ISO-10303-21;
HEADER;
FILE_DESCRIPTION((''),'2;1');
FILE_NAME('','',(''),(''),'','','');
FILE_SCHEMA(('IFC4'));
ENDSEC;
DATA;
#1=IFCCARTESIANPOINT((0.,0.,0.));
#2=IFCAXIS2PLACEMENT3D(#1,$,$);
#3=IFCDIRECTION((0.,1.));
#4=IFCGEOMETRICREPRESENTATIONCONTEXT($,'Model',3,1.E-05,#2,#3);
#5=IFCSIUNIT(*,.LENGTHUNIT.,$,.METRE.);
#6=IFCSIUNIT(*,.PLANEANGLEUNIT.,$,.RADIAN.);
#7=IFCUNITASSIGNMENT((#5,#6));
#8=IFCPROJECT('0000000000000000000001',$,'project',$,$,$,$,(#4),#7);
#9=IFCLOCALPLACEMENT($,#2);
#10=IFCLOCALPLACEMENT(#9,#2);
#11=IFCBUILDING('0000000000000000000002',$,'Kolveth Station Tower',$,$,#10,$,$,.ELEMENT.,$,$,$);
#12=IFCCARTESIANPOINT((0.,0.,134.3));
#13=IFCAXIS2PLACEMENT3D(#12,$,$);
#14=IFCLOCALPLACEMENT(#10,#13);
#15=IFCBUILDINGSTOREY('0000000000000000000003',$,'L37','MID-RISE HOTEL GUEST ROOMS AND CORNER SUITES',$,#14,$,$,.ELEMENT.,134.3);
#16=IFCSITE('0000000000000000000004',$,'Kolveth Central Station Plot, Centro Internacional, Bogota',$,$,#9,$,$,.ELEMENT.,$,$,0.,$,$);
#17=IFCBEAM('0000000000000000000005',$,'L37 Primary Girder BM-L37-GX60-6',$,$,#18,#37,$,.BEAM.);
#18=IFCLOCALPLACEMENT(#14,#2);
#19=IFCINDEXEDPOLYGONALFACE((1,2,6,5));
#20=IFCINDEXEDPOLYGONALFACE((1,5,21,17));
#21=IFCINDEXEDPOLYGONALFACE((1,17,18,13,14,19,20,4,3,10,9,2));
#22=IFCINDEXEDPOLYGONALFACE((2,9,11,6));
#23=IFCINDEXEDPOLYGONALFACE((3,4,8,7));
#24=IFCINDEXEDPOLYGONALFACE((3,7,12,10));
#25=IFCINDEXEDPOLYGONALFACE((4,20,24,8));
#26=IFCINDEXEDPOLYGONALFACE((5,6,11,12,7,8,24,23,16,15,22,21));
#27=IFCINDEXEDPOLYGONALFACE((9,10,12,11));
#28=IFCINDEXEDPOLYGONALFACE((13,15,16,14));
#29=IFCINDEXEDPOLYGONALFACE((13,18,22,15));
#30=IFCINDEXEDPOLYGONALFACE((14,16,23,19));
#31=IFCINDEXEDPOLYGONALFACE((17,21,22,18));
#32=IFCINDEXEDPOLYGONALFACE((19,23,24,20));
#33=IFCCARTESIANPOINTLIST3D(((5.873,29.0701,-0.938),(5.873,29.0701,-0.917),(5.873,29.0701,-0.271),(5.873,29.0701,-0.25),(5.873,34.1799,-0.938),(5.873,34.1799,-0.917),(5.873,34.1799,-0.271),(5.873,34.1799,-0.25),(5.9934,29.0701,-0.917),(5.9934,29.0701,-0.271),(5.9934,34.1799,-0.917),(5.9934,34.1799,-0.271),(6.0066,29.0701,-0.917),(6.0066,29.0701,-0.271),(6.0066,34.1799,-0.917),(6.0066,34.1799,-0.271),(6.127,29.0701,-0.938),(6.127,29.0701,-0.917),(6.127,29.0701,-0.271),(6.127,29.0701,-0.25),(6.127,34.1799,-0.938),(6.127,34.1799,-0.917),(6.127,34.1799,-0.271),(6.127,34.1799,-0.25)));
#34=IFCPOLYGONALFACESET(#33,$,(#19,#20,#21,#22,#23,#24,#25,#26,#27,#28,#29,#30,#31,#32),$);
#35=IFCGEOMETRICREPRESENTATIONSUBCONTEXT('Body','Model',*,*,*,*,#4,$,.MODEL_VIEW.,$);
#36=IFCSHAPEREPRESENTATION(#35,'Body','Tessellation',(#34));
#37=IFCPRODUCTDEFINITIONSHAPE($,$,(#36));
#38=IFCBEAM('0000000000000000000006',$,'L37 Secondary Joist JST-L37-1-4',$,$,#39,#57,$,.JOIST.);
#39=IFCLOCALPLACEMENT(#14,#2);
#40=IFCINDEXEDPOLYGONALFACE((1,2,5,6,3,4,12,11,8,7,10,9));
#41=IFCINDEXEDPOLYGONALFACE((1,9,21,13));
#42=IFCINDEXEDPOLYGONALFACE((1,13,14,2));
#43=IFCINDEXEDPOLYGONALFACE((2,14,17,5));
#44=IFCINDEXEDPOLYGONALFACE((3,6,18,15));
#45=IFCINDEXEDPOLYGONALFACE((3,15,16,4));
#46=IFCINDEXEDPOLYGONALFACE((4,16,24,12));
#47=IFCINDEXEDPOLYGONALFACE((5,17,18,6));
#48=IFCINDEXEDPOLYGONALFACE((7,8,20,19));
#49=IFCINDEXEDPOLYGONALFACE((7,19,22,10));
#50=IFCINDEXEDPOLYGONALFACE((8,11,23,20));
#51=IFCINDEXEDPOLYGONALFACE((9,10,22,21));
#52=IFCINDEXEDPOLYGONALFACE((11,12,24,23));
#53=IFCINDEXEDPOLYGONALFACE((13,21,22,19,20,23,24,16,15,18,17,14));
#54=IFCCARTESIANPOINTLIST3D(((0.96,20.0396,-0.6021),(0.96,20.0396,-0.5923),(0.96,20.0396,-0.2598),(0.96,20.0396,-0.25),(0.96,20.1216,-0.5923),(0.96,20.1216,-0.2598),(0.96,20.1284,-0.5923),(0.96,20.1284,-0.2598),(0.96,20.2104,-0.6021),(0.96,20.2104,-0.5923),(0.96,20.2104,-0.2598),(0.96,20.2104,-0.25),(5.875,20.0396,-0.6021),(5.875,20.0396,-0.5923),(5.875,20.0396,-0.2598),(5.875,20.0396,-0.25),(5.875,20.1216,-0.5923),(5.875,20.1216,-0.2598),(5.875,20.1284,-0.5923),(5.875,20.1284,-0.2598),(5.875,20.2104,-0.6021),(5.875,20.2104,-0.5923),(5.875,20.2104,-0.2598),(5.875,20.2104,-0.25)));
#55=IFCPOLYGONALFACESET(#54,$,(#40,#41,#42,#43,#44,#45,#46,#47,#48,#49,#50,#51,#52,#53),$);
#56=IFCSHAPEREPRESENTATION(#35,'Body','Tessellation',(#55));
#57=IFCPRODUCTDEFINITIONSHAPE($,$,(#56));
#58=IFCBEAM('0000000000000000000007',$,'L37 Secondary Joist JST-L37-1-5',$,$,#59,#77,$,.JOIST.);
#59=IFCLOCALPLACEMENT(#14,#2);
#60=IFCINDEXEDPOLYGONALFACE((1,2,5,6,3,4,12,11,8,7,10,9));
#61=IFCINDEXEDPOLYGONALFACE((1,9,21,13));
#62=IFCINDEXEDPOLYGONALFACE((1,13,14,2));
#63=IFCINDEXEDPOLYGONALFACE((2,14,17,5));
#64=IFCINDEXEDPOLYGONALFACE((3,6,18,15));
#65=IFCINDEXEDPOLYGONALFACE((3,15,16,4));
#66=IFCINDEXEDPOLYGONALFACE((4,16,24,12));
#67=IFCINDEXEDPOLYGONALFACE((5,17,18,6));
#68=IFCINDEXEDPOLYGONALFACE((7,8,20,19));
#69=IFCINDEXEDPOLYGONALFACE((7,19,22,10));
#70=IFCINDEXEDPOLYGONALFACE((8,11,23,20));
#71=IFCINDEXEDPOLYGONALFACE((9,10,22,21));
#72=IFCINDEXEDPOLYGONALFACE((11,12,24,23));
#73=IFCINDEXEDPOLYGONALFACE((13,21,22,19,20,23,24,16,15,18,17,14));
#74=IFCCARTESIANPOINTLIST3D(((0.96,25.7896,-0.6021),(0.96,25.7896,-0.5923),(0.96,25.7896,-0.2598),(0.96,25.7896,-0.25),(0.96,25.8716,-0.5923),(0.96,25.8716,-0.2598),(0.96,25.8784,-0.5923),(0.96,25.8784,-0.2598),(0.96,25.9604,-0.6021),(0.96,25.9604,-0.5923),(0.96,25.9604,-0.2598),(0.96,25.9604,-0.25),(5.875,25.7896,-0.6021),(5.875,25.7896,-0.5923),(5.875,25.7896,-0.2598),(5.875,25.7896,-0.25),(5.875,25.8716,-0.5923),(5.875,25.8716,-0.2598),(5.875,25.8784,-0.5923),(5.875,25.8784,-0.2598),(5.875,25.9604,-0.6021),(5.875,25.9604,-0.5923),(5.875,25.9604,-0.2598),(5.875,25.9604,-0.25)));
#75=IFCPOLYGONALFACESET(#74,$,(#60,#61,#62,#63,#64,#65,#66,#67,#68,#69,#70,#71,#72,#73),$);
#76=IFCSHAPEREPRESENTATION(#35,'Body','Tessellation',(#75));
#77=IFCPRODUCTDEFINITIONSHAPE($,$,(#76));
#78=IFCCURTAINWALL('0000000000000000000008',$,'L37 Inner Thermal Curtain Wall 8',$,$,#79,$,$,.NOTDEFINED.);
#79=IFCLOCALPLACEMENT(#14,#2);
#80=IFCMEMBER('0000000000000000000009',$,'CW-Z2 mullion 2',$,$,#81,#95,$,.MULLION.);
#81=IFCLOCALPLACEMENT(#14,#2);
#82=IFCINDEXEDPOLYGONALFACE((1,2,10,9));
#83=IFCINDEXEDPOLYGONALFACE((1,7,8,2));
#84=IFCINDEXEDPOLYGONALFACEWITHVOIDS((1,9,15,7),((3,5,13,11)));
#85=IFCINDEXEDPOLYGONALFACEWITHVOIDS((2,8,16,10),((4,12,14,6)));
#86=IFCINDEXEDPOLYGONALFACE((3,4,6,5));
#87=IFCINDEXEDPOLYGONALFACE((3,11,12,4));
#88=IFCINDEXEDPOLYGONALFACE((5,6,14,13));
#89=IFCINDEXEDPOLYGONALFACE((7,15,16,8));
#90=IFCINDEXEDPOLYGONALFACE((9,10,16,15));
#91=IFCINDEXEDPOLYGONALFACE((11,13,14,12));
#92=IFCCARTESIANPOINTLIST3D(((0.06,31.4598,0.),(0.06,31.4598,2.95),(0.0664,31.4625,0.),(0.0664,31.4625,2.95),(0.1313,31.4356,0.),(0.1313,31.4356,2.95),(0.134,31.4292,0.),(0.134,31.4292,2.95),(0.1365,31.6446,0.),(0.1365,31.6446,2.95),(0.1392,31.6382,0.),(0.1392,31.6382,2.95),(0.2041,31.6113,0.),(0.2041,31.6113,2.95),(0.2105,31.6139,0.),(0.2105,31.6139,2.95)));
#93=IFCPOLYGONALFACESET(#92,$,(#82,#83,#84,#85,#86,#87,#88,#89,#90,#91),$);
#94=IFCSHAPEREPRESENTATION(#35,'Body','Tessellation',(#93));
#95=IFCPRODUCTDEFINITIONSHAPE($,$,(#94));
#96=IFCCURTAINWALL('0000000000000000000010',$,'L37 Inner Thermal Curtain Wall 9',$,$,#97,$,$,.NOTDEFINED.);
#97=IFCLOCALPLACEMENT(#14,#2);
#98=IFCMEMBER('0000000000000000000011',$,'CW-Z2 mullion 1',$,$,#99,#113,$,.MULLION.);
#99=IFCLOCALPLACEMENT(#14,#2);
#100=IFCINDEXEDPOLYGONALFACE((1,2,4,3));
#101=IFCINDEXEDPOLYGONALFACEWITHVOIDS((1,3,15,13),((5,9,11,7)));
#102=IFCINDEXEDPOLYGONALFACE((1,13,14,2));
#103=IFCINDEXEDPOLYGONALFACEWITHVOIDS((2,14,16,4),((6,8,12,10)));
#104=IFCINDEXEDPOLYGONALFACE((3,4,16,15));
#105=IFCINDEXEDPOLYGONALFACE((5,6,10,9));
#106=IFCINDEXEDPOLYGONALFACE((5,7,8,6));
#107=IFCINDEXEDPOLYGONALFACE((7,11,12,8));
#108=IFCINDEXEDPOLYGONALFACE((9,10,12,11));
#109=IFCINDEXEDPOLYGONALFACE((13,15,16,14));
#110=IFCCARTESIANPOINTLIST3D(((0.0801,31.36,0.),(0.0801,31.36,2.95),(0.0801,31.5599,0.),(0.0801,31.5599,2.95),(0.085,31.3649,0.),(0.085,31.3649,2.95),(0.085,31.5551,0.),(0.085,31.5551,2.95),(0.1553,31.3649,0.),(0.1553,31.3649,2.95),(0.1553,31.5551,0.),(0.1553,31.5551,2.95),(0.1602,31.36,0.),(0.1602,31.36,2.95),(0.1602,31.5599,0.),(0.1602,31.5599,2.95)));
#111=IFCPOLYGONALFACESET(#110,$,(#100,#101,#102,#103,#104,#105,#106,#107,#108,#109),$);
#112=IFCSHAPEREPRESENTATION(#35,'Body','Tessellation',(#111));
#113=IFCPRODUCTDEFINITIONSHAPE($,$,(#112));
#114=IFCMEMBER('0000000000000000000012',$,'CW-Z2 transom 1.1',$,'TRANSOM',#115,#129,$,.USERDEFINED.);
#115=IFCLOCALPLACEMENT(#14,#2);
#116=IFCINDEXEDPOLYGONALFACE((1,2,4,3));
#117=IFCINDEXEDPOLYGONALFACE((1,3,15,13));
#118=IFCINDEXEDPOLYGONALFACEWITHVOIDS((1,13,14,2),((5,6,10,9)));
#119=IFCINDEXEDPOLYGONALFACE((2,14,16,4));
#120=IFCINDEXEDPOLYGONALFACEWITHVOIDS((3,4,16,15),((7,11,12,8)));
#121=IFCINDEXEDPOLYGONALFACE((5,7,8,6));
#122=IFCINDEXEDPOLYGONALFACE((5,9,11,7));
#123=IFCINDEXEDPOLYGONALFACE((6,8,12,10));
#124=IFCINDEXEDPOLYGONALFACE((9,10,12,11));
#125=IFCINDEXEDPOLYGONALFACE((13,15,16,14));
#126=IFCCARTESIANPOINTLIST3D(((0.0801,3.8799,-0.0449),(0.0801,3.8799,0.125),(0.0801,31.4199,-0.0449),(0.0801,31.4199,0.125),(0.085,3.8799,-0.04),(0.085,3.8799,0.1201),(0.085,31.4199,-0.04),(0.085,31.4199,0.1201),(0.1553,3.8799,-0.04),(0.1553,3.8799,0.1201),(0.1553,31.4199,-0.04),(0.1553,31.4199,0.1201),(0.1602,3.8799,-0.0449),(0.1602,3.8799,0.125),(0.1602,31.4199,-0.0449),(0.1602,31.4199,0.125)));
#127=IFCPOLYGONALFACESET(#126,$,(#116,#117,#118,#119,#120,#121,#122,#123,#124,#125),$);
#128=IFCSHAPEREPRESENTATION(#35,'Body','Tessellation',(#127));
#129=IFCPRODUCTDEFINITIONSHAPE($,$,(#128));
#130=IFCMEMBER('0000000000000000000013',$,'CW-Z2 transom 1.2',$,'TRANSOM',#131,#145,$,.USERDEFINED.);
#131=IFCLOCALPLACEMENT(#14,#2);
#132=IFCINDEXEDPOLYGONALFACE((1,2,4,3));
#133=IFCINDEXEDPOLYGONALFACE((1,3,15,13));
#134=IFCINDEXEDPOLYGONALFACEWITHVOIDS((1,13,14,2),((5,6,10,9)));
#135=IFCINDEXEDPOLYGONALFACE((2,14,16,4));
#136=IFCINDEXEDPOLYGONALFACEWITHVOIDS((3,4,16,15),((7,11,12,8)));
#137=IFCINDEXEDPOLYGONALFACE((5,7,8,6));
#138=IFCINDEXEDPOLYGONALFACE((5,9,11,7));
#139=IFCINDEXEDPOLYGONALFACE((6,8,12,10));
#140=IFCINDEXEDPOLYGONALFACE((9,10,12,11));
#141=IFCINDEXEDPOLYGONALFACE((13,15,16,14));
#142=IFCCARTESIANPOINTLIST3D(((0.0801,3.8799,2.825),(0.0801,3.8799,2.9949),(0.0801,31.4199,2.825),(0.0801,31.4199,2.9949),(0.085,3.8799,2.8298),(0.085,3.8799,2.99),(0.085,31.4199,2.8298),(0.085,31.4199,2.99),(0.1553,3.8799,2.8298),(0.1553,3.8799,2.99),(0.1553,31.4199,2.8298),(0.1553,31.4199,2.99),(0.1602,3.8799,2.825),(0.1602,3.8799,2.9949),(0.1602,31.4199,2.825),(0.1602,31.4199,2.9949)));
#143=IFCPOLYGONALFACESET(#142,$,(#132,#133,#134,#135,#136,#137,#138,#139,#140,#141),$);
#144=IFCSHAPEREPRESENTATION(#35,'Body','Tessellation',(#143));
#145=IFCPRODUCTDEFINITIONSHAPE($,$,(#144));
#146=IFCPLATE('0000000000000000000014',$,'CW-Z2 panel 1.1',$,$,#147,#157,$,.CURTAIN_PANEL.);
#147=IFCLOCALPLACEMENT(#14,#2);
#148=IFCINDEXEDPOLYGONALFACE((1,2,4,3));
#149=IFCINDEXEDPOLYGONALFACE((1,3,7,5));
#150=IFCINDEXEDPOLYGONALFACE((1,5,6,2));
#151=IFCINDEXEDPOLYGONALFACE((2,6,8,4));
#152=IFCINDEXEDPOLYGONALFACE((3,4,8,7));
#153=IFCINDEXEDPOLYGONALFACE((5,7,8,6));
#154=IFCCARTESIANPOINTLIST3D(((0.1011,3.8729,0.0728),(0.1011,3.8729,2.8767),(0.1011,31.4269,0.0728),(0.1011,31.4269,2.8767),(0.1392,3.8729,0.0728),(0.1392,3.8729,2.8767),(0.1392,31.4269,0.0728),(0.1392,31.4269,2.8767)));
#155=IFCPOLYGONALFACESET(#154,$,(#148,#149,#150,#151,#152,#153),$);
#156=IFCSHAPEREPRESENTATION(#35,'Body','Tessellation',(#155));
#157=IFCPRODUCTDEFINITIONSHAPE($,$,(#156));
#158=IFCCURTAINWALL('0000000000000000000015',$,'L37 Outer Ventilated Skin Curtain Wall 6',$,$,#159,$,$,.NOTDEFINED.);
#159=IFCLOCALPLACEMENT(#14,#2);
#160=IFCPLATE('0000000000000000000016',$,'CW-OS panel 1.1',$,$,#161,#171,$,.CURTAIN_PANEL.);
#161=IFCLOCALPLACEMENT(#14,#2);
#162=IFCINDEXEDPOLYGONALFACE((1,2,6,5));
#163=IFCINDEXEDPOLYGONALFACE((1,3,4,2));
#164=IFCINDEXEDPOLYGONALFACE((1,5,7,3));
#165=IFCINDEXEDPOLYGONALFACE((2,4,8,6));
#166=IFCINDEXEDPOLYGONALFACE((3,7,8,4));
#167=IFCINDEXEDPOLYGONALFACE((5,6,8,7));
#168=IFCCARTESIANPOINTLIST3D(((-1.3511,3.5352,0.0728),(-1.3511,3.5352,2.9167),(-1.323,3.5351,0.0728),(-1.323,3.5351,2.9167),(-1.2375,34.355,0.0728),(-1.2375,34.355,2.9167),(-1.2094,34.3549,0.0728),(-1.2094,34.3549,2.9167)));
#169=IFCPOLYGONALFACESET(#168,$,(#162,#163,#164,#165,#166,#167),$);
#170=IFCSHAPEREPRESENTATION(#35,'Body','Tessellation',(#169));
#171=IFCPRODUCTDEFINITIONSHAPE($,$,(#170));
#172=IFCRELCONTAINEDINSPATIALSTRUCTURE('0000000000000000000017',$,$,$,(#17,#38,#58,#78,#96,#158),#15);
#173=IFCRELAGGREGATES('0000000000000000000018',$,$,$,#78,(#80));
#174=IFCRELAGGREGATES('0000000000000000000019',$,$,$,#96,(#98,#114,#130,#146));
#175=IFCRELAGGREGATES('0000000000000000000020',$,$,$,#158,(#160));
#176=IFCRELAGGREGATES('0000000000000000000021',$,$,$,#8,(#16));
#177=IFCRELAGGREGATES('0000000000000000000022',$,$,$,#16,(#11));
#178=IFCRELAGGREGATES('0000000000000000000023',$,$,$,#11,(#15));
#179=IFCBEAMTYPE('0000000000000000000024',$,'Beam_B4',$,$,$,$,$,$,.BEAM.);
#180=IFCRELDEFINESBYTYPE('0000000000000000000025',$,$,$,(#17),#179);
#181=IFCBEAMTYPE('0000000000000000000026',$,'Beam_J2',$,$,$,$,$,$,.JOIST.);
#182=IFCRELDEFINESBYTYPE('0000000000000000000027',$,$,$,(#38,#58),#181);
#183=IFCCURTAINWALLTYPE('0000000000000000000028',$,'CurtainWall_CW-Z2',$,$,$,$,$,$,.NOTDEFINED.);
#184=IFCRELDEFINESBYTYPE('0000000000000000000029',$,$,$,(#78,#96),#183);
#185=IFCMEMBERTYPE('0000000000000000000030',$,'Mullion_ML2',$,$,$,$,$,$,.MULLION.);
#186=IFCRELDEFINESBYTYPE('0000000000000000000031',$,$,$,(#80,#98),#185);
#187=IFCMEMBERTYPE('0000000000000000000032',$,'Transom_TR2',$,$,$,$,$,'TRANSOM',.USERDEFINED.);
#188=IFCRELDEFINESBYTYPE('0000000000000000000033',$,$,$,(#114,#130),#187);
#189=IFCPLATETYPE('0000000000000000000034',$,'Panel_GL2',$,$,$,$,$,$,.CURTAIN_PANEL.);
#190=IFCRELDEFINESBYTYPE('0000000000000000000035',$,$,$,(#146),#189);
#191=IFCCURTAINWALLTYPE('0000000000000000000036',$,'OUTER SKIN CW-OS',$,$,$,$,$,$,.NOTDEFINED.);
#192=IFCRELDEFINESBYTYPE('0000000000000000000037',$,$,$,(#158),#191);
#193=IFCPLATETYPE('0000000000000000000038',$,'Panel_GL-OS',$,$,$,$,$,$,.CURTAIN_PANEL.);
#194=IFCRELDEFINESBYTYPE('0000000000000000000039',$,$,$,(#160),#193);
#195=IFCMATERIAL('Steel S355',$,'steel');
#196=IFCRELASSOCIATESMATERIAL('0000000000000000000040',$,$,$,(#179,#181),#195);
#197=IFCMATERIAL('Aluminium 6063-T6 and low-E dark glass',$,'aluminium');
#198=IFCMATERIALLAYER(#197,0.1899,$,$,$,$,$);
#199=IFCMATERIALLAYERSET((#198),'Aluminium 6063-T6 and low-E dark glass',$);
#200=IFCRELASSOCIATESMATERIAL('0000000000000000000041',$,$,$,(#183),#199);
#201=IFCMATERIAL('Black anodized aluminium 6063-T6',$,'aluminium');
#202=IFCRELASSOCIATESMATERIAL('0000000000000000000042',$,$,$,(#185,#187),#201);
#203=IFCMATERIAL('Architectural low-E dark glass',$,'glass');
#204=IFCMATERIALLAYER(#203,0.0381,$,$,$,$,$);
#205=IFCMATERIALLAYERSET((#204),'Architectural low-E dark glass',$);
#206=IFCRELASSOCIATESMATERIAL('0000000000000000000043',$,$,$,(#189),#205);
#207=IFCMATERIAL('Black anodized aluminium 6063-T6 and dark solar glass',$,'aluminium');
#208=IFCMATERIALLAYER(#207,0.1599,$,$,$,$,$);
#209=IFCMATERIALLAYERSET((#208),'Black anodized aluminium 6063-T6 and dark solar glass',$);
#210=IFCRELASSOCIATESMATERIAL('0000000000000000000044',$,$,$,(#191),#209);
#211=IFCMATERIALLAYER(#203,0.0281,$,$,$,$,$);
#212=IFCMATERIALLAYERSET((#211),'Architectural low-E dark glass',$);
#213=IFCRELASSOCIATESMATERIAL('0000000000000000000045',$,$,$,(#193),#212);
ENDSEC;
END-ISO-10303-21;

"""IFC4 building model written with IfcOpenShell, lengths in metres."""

from ifc_helpers import new_model, si_unit, direction, frame, origin, origin_2d, place, context, subcontext, project, spatial, rectangle, hollow_rectangle, i_section, extrude, source, transform, mapped, material, layer, layer_set, material_profile, profile_set, type_object, element, aggregate, save


model = new_model("IFC4")

# Units and contexts
model_context = context("Model", 3, precision=1e-05, world=origin(), true_north=direction((0.0, 1.0)))
body_context = subcontext(model_context, "Body", "Model", "MODEL_VIEW")
ifc_project = project(units=[si_unit("LENGTHUNIT", "METRE"), si_unit("PLANEANGLEUNIT", "RADIAN")], contexts=[model_context])

# Site, building, storey
site_placement = place(None, origin())
site = spatial("IfcSite", under=ifc_project, at=site_placement, Name="Kolveth Central Station Plot, Centro Internacional, Bogota", CompositionType="ELEMENT", RefElevation=0.0)
building_placement = place(site_placement, origin())
building = spatial("IfcBuilding", under=site, at=building_placement, Name="Kolveth Station Tower", CompositionType="ELEMENT")
storey_placement = place(building_placement, frame((0.0, 0.0, 134.3)))
storey = spatial("IfcBuildingStorey", under=building, at=storey_placement, Name="L37", Description="MID-RISE HOTEL GUEST ROOMS AND CORNER SUITES", CompositionType="ELEMENT", Elevation=134.3)

# Beams
ifc_material_1 = material(Name="Steel S355", Category="steel")
ifc_material_profile_1 = material_profile(ifc_material_1, i_section(OverallWidth=0.2539, OverallDepth=0.688, WebThickness=0.0132, FlangeThickness=0.021, at=origin_2d()), Name="W690x152")
ifc_profile_set_1 = profile_set([ifc_material_profile_1], Name="Steel S355")
beam_type_1 = type_object("IfcBeamType", Name="Beam_B4", PredefinedType="BEAM", material=ifc_profile_set_1)
shared_shape_1 = source(origin(), body_context, "Body", "SweptSolid", [
    extrude(i_section(OverallWidth=0.2539, OverallDepth=0.688, WebThickness=0.0132, FlangeThickness=0.021, at=origin_2d()), origin(), (0.0, 0.0, 1.0), 5.1099),
])
for number, where, z_axis, x_axis, name in (
    (1, (6.0, 29.0701, -0.594), (0.0, 1.0, 0.0), (-1.0, 0.0, 0.0), "L37 Primary Girder BM-L37-GX60-6"),
):
    element("IfcBeam", number, at=place(storey_placement, frame(where, z_axis=z_axis, x_axis=x_axis)), inside=storey, type_object=beam_type_1, Name=name, PredefinedType="BEAM", context=body_context, shape_type="MappedRepresentation", body=[
        mapped(shared_shape_1, transform((0.0, 0.0, 0.0), x_axis=(1.0, 0.0, 0.0), y_axis=(0.0, 1.0, 0.0), z_axis=(0.0, 0.0, 1.0), scale=1.0)),
    ])
ifc_material_profile_2 = material_profile(ifc_material_1, i_section(OverallWidth=0.1709, OverallDepth=0.3521, WebThickness=0.0068, FlangeThickness=0.0098, at=origin_2d()), Name="W360x44")
ifc_profile_set_2 = profile_set([ifc_material_profile_2], Name="Steel S355")
beam_type_2 = type_object("IfcBeamType", Name="Beam_J2", PredefinedType="JOIST", material=ifc_profile_set_2)
shared_shape_2 = source(origin(), body_context, "Body", "SweptSolid", [
    extrude(i_section(OverallWidth=0.1709, OverallDepth=0.3521, WebThickness=0.0068, FlangeThickness=0.0098, at=origin_2d()), origin(), (0.0, 0.0, 1.0), 4.915),
])
for number, where, z_axis, x_axis, name in (
    (2, (0.96, 20.125, -0.426), (1.0, 0.0, 0.0), (0.0, 1.0, 0.0), "L37 Secondary Joist JST-L37-1-4"),
    (3, (0.96, 25.875, -0.426), (1.0, 0.0, 0.0), (0.0, 1.0, 0.0), "L37 Secondary Joist JST-L37-1-5"),
):
    element("IfcBeam", number, at=place(storey_placement, frame(where, z_axis=z_axis, x_axis=x_axis)), inside=storey, type_object=beam_type_2, Name=name, PredefinedType="JOIST", context=body_context, shape_type="MappedRepresentation", body=[
        mapped(shared_shape_2, transform((0.0, 0.0, 0.0), x_axis=(1.0, 0.0, 0.0), y_axis=(0.0, 1.0, 0.0), z_axis=(0.0, 0.0, 1.0), scale=1.0)),
    ])

# Curtain wall, member
ifc_material_2 = material(Name="Aluminium 6063-T6 and low-E dark glass", Category="aluminium")
ifc_layer_1 = layer(ifc_material_2, 0.1899)
ifc_layer_set_1 = layer_set([ifc_layer_1], Name="Aluminium 6063-T6 and low-E dark glass")
curtain_wall_type_1 = type_object("IfcCurtainWallType", Name="CurtainWall_CW-Z2", PredefinedType="NOTDEFINED", material=ifc_layer_set_1)
curtain_wall_1_placement = place(storey_placement, origin())
curtain_wall_1 = element("IfcCurtainWall", 4, at=curtain_wall_1_placement, inside=storey, type_object=curtain_wall_type_1, Name="L37 Inner Thermal Curtain Wall 8", PredefinedType="NOTDEFINED")
ifc_material_3 = material(Name="Black anodized aluminium 6063-T6", Category="aluminium")
ifc_material_profile_3 = material_profile(ifc_material_3, hollow_rectangle(XDim=0.0801, YDim=0.2, WallThickness=0.0049, at=origin_2d()), Name="ALU-80x200x5")
ifc_profile_set_3 = profile_set([ifc_material_profile_3], Name="Black anodized aluminium 6063-T6")
member_type_1 = type_object("IfcMemberType", Name="Mullion_ML2", PredefinedType="MULLION", material=ifc_profile_set_3)
shared_shape_3 = source(origin(), body_context, "Body", "SweptSolid", [
    extrude(hollow_rectangle(XDim=0.0801, YDim=0.2, WallThickness=0.0049, at=origin_2d()), origin(), (0.0, 0.0, 1.0), 2.95),
])
member_1_placement = place(storey_placement, frame((0.1353, 31.5369, 0.0), z_axis=(0.0, 0.0, 1.0), x_axis=(0.923888, -0.382663, 0.0)))
member_1 = element("IfcMember", 5, at=member_1_placement, type_object=member_type_1, Name="CW-Z2 mullion 2", PredefinedType="MULLION", context=body_context, shape_type="MappedRepresentation", body=[
    mapped(shared_shape_3, transform((0.0, 0.0, 0.0), x_axis=(1.0, 0.0, 0.0), y_axis=(0.0, 1.0, 0.0), z_axis=(0.0, 0.0, 1.0), scale=1.0)),
])
aggregate(curtain_wall_1, [member_1])

# Curtain wall, members, plate
curtain_wall_2_placement = place(storey_placement, origin())
curtain_wall_2 = element("IfcCurtainWall", 6, at=curtain_wall_2_placement, inside=storey, type_object=curtain_wall_type_1, Name="L37 Inner Thermal Curtain Wall 9", PredefinedType="NOTDEFINED")
member_2_placement = place(storey_placement, frame((0.1201, 31.46, 0.0), z_axis=(0.0, 0.0, 1.0), x_axis=(1.0, 0.0, 0.0)))
member_2 = element("IfcMember", 7, at=member_2_placement, type_object=member_type_1, Name="CW-Z2 mullion 1", PredefinedType="MULLION", context=body_context, shape_type="MappedRepresentation", body=[
    mapped(shared_shape_3, transform((0.0, 0.0, 0.0), x_axis=(1.0, 0.0, 0.0), y_axis=(0.0, 1.0, 0.0), z_axis=(0.0, 0.0, 1.0), scale=1.0)),
])
ifc_material_profile_4 = material_profile(ifc_material_3, hollow_rectangle(XDim=0.0801, YDim=0.1699, WallThickness=0.0049, at=origin_2d()), Name="ALU-80x170x5")
ifc_profile_set_4 = profile_set([ifc_material_profile_4], Name="Black anodized aluminium 6063-T6")
member_type_2 = type_object("IfcMemberType", Name="Transom_TR2", ElementType="TRANSOM", PredefinedType="USERDEFINED", material=ifc_profile_set_4)
shared_shape_4 = source(origin(), body_context, "Body", "SweptSolid", [
    extrude(hollow_rectangle(XDim=0.0801, YDim=0.1699, WallThickness=0.0049, at=origin_2d()), origin(), (0.0, 0.0, 1.0), 27.54),
])
member_3_placement = place(storey_placement, frame((0.1201, 31.4199, 0.04), z_axis=(0.0, -1.0, 0.0), x_axis=(1.0, 0.0, 0.0)))
member_3 = element("IfcMember", 8, at=member_3_placement, type_object=member_type_2, Name="CW-Z2 transom 1.1", ObjectType="TRANSOM", PredefinedType="USERDEFINED", context=body_context, shape_type="MappedRepresentation", body=[
    mapped(shared_shape_4, transform((0.0, 0.0, 0.0), x_axis=(1.0, 0.0, 0.0), y_axis=(0.0, 1.0, 0.0), z_axis=(0.0, 0.0, 1.0), scale=1.0)),
])
member_4_placement = place(storey_placement, frame((0.1201, 31.4199, 2.9099), z_axis=(0.0, -1.0, 0.0), x_axis=(1.0, 0.0, 0.0)))
member_4 = element("IfcMember", 9, at=member_4_placement, type_object=member_type_2, Name="CW-Z2 transom 1.2", ObjectType="TRANSOM", PredefinedType="USERDEFINED", context=body_context, shape_type="MappedRepresentation", body=[
    mapped(shared_shape_4, transform((0.0, 0.0, 0.0), x_axis=(1.0, 0.0, 0.0), y_axis=(0.0, 1.0, 0.0), z_axis=(0.0, 0.0, 1.0), scale=1.0)),
])
ifc_material_4 = material(Name="Architectural low-E dark glass", Category="glass")
ifc_layer_2 = layer(ifc_material_4, 0.0381)
ifc_layer_set_2 = layer_set([ifc_layer_2], Name="Architectural low-E dark glass")
plate_type_1 = type_object("IfcPlateType", Name="Panel_GL2", PredefinedType="CURTAIN_PANEL", material=ifc_layer_set_2)
shared_shape_5 = source(origin(), body_context, "Body", "SweptSolid", [
    extrude(rectangle(XDim=27.554, YDim=0.0381, at=origin_2d()), origin(), (0.0, 0.0, 1.0), 2.804),
])
plate_1_placement = place(storey_placement, frame((0.1201, 17.6499, 0.0728), z_axis=(0.0, 0.0, 1.0), x_axis=(0.0, -1.0, 0.0)))
plate_1 = element("IfcPlate", 10, at=plate_1_placement, type_object=plate_type_1, Name="CW-Z2 panel 1.1", PredefinedType="CURTAIN_PANEL", context=body_context, shape_type="MappedRepresentation", body=[
    mapped(shared_shape_5, transform((0.0, 0.0, 0.0), x_axis=(1.0, 0.0, 0.0), y_axis=(0.0, 1.0, 0.0), z_axis=(0.0, 0.0, 1.0), scale=1.0)),
])
aggregate(curtain_wall_2, [member_2, member_3, member_4, plate_1])

# Curtain wall, plate
ifc_material_5 = material(Name="Black anodized aluminium 6063-T6 and dark solar glass", Category="aluminium")
ifc_layer_3 = layer(ifc_material_5, 0.1599)
ifc_layer_set_3 = layer_set([ifc_layer_3], Name="Black anodized aluminium 6063-T6 and dark solar glass")
curtain_wall_type_2 = type_object("IfcCurtainWallType", Name="OUTER SKIN CW-OS", PredefinedType="NOTDEFINED", material=ifc_layer_set_3)
curtain_wall_3_placement = place(storey_placement, origin())
curtain_wall_3 = element("IfcCurtainWall", 11, at=curtain_wall_3_placement, inside=storey, type_object=curtain_wall_type_2, Name="L37 Outer Ventilated Skin Curtain Wall 6", PredefinedType="NOTDEFINED")
ifc_layer_4 = layer(ifc_material_4, 0.0281)
ifc_layer_set_4 = layer_set([ifc_layer_4], Name="Architectural low-E dark glass")
plate_type_2 = type_object("IfcPlateType", Name="Panel_GL-OS", PredefinedType="CURTAIN_PANEL", material=ifc_layer_set_4)
shared_shape_6 = source(origin(), body_context, "Body", "SweptSolid", [
    extrude(rectangle(XDim=30.8201, YDim=0.0281, at=origin_2d()), origin(), (0.0, 0.0, 1.0), 2.844),
])
plate_2_placement = place(storey_placement, frame((-1.2803, 18.9451, 0.0728), z_axis=(0.0, 0.0, 1.0), x_axis=(-0.003686, -0.999993, 0.0)))
plate_2 = element("IfcPlate", 12, at=plate_2_placement, type_object=plate_type_2, Name="CW-OS panel 1.1", PredefinedType="CURTAIN_PANEL", context=body_context, shape_type="MappedRepresentation", body=[
    mapped(shared_shape_6, transform((0.0, 0.0, 0.0), x_axis=(1.0, 0.0, 0.0), y_axis=(0.0, 1.0, 0.0), z_axis=(0.0, 0.0, 1.0), scale=1.0)),
])
aggregate(curtain_wall_3, [plate_2])

save(model, "model.ifc")
